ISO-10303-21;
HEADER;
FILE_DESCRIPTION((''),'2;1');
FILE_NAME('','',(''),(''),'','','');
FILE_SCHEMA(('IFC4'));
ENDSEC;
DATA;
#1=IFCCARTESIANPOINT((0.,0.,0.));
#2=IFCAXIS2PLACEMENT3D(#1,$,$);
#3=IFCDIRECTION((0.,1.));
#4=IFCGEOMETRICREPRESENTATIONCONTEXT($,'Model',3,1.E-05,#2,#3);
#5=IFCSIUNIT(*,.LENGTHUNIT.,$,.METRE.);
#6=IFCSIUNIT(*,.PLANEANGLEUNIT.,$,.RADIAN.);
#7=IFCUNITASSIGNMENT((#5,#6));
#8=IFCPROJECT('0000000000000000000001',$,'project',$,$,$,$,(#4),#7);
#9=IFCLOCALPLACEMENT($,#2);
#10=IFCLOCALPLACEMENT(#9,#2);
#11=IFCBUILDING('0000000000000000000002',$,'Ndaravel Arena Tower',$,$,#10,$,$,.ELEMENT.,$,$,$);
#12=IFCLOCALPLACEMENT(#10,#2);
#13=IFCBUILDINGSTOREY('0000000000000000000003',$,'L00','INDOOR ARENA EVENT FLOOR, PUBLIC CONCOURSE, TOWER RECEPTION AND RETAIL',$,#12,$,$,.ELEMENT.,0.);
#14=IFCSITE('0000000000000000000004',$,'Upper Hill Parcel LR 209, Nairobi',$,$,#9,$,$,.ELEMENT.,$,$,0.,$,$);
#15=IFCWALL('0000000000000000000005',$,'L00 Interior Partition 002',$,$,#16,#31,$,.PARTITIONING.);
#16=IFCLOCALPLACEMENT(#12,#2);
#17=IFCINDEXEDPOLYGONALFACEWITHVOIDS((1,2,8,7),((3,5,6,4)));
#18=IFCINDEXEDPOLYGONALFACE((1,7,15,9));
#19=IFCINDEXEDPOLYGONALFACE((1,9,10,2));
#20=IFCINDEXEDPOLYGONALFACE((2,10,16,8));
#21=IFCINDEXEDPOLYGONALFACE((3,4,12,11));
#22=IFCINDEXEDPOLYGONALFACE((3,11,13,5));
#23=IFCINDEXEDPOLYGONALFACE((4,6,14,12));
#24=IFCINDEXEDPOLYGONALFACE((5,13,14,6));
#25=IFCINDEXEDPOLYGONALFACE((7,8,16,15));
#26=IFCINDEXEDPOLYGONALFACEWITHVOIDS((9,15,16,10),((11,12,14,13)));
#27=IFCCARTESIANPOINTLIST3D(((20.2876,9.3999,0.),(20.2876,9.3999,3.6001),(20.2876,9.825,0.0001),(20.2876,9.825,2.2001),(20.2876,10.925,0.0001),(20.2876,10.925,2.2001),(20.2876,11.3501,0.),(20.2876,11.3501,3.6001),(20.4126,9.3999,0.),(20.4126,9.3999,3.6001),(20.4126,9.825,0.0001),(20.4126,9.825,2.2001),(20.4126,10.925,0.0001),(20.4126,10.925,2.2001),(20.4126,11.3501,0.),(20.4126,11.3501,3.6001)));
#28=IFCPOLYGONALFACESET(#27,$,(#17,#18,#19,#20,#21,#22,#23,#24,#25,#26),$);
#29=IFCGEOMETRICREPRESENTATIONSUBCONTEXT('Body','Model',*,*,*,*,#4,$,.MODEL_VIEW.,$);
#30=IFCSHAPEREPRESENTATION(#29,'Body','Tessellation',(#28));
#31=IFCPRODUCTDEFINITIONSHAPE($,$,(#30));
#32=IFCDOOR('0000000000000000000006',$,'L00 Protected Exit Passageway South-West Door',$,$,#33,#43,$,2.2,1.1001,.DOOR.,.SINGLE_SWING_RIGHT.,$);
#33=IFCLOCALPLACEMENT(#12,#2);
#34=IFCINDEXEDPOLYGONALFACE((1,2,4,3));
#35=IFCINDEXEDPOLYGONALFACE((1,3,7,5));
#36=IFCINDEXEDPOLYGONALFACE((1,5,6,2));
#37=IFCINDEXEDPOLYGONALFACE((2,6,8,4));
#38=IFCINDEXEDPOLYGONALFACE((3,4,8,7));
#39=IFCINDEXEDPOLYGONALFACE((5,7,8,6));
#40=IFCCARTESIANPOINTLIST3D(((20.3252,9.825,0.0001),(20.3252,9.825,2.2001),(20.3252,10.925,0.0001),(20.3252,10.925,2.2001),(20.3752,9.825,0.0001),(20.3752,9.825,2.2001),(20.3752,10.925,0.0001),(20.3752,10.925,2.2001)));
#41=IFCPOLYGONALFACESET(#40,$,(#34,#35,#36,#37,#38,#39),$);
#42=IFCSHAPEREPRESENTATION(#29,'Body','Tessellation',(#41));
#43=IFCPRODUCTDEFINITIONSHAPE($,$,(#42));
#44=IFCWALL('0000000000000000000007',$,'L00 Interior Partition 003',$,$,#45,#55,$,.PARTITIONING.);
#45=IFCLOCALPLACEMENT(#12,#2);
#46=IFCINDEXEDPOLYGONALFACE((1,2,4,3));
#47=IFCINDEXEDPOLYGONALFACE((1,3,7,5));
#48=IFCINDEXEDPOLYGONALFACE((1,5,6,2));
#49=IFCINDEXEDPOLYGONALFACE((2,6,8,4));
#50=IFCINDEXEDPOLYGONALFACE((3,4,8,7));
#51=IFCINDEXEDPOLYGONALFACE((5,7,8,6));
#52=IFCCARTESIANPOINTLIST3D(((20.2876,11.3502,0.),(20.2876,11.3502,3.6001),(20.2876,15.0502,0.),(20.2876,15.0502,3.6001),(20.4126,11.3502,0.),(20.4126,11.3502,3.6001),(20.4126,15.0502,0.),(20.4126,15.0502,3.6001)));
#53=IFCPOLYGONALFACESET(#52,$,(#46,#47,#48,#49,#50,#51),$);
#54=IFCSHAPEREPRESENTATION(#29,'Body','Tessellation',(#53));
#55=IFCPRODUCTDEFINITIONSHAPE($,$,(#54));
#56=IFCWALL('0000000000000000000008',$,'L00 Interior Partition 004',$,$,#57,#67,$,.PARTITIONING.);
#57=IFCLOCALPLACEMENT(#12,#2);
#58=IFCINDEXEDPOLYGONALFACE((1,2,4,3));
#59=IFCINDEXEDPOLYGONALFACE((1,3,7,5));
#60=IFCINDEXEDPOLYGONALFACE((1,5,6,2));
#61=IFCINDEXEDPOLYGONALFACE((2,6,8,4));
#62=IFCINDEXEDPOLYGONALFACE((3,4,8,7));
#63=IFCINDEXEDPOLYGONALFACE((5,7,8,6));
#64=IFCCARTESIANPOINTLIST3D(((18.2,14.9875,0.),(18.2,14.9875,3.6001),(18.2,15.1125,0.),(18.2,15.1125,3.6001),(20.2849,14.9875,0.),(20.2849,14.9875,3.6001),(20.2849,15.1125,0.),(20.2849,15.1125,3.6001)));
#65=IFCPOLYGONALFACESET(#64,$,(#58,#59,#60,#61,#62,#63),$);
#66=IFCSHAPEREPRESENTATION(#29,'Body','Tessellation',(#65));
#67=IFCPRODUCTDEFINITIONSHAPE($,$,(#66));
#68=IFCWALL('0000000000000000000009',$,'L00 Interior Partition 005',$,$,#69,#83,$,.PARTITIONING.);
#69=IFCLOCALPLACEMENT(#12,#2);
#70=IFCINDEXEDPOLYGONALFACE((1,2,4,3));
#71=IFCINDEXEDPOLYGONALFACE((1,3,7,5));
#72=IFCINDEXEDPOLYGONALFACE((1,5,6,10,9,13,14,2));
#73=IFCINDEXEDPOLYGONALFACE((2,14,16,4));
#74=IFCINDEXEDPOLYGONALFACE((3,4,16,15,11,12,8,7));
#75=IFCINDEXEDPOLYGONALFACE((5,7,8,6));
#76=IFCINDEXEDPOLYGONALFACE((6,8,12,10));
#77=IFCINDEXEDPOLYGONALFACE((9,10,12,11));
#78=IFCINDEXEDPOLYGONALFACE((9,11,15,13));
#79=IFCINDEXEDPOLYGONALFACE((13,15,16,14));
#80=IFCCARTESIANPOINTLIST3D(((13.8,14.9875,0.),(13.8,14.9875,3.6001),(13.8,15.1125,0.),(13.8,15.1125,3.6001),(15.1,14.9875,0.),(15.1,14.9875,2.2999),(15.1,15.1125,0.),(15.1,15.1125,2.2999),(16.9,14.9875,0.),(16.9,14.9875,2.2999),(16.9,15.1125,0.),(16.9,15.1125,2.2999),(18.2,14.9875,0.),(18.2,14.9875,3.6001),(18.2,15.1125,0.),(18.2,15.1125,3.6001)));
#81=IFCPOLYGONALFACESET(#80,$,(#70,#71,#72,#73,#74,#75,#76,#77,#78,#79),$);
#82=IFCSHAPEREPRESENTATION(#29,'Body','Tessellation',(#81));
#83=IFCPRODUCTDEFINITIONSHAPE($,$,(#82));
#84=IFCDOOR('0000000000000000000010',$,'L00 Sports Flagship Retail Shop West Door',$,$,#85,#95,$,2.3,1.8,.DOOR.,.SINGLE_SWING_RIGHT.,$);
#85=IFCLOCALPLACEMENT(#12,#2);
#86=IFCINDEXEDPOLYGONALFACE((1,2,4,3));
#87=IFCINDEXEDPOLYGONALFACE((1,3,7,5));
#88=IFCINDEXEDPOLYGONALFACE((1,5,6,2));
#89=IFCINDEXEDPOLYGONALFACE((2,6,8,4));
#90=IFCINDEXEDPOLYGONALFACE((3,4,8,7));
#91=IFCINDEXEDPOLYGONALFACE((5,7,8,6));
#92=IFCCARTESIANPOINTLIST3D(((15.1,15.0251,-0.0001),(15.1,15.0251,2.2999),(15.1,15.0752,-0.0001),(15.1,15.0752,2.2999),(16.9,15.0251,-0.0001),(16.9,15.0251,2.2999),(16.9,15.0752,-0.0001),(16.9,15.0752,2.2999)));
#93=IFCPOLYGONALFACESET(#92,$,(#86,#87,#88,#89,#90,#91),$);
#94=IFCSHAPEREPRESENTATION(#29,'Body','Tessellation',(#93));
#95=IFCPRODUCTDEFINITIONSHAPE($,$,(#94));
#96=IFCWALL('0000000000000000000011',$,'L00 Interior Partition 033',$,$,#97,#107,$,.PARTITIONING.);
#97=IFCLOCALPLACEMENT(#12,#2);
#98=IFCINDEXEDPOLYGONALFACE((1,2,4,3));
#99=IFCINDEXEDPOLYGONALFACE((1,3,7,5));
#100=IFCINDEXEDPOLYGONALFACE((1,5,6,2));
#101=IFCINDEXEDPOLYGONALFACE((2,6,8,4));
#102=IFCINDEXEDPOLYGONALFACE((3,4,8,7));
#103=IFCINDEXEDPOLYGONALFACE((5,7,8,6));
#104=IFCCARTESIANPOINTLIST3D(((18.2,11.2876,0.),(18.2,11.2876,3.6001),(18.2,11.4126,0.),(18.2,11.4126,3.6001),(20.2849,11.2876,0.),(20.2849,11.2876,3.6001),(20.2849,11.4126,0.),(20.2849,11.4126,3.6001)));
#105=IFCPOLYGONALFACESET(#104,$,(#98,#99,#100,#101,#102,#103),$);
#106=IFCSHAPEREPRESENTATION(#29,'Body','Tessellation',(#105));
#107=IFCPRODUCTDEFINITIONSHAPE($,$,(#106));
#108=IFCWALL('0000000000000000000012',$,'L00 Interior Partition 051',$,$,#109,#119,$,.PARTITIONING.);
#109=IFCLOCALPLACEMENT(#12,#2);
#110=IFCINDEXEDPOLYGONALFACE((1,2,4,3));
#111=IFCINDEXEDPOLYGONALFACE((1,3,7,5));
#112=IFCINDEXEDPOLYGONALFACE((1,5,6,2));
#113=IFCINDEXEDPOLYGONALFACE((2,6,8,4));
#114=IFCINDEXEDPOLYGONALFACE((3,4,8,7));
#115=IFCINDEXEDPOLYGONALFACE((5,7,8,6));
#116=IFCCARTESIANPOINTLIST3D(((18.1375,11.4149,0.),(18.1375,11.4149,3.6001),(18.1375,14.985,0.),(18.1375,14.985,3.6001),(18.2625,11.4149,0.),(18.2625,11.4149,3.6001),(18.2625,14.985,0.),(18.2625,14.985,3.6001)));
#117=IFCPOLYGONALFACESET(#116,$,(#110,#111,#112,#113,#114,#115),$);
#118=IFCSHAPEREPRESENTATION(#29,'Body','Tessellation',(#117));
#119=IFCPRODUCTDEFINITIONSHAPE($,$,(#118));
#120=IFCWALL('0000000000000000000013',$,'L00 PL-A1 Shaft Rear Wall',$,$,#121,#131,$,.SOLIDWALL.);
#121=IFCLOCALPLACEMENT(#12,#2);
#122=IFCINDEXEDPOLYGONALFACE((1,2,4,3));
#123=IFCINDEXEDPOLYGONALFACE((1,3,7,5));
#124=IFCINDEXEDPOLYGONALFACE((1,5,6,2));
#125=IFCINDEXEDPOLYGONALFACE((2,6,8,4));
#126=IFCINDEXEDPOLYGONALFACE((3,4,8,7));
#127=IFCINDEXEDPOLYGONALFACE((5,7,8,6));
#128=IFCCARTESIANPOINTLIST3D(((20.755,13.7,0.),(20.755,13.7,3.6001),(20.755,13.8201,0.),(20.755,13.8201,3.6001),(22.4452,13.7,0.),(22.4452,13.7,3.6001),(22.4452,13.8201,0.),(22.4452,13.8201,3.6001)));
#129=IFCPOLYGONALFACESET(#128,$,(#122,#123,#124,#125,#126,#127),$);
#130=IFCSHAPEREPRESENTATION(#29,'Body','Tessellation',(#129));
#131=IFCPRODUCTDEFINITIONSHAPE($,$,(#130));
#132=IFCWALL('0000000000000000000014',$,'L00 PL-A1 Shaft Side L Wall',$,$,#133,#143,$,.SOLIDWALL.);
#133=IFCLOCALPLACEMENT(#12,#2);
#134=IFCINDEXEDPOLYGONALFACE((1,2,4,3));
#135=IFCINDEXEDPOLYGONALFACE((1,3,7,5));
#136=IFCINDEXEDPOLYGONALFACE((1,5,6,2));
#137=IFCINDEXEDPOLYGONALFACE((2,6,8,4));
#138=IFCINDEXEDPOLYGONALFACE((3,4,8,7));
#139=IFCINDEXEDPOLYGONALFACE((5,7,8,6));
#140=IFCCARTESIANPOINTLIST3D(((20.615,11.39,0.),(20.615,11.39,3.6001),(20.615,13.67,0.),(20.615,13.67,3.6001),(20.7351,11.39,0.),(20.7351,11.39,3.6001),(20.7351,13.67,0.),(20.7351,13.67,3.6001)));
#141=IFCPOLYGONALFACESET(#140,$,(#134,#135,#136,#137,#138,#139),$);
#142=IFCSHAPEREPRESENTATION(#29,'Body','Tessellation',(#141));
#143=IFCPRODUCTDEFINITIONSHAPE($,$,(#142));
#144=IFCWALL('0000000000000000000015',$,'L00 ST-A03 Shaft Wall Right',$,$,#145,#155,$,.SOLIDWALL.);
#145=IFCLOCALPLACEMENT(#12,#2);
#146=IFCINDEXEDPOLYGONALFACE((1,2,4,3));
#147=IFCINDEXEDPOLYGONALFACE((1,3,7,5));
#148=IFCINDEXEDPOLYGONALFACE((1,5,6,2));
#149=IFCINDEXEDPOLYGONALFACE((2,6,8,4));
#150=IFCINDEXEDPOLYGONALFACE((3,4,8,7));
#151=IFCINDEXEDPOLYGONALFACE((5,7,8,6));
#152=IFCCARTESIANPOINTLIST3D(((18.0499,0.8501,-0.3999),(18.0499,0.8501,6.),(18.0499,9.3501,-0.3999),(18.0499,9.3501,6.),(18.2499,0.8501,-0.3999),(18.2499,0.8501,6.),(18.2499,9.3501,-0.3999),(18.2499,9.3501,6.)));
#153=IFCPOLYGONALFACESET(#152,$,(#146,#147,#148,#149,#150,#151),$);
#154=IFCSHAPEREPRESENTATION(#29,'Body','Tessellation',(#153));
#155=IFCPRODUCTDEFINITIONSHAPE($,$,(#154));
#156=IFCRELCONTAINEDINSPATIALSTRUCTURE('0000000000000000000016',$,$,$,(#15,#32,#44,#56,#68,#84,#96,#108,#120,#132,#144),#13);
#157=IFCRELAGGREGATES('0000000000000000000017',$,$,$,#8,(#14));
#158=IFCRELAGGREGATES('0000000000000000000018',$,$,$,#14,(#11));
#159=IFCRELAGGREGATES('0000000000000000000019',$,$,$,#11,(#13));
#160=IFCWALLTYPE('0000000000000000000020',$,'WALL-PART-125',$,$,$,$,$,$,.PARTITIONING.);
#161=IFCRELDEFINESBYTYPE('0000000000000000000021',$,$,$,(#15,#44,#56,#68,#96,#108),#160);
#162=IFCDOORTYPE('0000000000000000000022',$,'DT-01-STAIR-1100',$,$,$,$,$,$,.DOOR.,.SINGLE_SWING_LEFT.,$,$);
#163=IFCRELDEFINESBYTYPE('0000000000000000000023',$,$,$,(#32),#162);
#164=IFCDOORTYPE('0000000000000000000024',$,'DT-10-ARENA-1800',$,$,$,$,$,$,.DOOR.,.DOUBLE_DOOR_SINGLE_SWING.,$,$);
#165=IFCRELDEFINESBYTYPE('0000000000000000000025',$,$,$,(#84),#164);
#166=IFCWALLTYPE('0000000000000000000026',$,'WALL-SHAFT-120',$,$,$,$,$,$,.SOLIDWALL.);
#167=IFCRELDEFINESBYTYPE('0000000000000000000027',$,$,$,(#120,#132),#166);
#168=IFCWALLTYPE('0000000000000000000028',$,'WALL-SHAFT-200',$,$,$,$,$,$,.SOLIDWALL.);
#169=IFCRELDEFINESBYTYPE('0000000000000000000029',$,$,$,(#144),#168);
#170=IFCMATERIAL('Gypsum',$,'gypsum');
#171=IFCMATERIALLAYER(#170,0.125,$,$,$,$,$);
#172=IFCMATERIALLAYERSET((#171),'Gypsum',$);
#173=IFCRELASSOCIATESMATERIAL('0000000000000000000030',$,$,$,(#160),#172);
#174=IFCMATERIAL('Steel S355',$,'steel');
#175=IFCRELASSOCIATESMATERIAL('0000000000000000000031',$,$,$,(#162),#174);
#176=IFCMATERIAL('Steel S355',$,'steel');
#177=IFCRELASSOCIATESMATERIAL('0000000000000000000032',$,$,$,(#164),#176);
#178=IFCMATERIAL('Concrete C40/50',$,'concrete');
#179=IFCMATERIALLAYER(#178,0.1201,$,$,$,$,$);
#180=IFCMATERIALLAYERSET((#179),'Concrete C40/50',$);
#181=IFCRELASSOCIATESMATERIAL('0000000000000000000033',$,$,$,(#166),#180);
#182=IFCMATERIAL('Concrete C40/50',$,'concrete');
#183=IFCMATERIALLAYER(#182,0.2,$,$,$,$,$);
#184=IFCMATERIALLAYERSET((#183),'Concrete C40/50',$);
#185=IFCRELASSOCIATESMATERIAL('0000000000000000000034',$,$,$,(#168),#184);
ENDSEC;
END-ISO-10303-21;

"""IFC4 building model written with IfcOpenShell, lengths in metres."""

from ifc_helpers import new_model, si_unit, direction, frame, frame_2d, origin, place, context, subcontext, project, spatial, rectangle, extrude, material, layer, layer_set, type_object, element, fill, save


model = new_model("IFC4")

# Units and contexts
model_context = context("Model", 3, precision=1e-05, world=origin(), true_north=direction((0.0, 1.0)))
body_context = subcontext(model_context, "Body", "Model", "MODEL_VIEW")
ifc_project = project(units=[si_unit("LENGTHUNIT", "METRE"), si_unit("PLANEANGLEUNIT", "RADIAN")], contexts=[model_context])

# Site, building, storey
site_placement = place(None, origin())
site = spatial("IfcSite", under=ifc_project, at=site_placement, Name="Upper Hill Parcel LR 209, Nairobi", CompositionType="ELEMENT", RefElevation=0.0)
building_placement = place(site_placement, origin())
building = spatial("IfcBuilding", under=site, at=building_placement, Name="Ndaravel Arena Tower", CompositionType="ELEMENT")
storey_placement = place(building_placement, origin())
storey = spatial("IfcBuildingStorey", under=building, at=storey_placement, Name="L00", Description="INDOOR ARENA EVENT FLOOR, PUBLIC CONCOURSE, TOWER RECEPTION AND RETAIL", CompositionType="ELEMENT", Elevation=0.0)

# Wall, opening, door
ifc_material_1 = material(Name="Gypsum", Category="gypsum")
ifc_layer_1 = layer(ifc_material_1, 0.125)
ifc_layer_set_1 = layer_set([ifc_layer_1], Name="Gypsum")
wall_type_1 = type_object("IfcWallType", Name="WALL-PART-125", PredefinedType="PARTITIONING", material=ifc_layer_set_1)
wall_1_placement = place(storey_placement, frame((20.3501, 9.3999, 0.0), z_axis=(0.0, 0.0, 1.0), x_axis=(0.0, 1.0, 0.0)))
wall_1 = element("IfcWall", 1, at=wall_1_placement, inside=storey, type_object=wall_type_1, Name="L00 Interior Partition 002", PredefinedType="PARTITIONING", context=body_context, shape_type="SweptSolid", body=[
    extrude(rectangle(XDim=1.9502, YDim=0.125, at=frame_2d((0.9751, 0.0))), origin(), (0.0, 0.0, 1.0), 3.6001),
])
opening_1_placement = place(wall_1_placement, frame((0.425, 0.0, 0.0)))
opening_1 = element("IfcOpeningElement", 2, at=opening_1_placement, cuts=wall_1, PredefinedType="OPENING", context=body_context, shape_type="SweptSolid", body=[
    extrude(rectangle(XDim=1.1001, YDim=2.2, at=frame_2d((0.55, 1.1001))), frame((0.0, 0.0625, 0.0), z_axis=(0.0, -1.0, 0.0), x_axis=(1.0, 0.0, 0.0)), (0.0, 0.0, 1.0), 0.125),
])
ifc_material_2 = material(Name="Steel S355", Category="steel")
door_type_1 = type_object("IfcDoorType", Name="DT-01-STAIR-1100", OperationType="SINGLE_SWING_LEFT", PredefinedType="DOOR", material=ifc_material_2)
door_1_placement = place(opening_1_placement, origin())
door_1 = element("IfcDoor", 3, at=door_1_placement, inside=storey, type_object=door_type_1, Name="L00 Protected Exit Passageway South-West Door", OperationType="SINGLE_SWING_RIGHT", OverallHeight=2.2, OverallWidth=1.1001, PredefinedType="DOOR", context=body_context, shape_type="SweptSolid", body=[
    extrude(rectangle(XDim=1.1001, YDim=2.2, at=frame_2d((0.55, 1.1001))), frame((0.0, 0.0249, 0.0), z_axis=(0.0, -1.0, 0.0), x_axis=(1.0, 0.0, 0.0)), (0.0, 0.0, 1.0), 0.05),
])
fill(opening_1, door_1)

# Walls
wall_2_placement = place(storey_placement, frame((20.3501, 11.3501, 0.0), z_axis=(0.0, 0.0, 1.0), x_axis=(0.0, 1.0, 0.0)))
element("IfcWall", 4, at=wall_2_placement, inside=storey, type_object=wall_type_1, Name="L00 Interior Partition 003", PredefinedType="PARTITIONING", context=body_context, shape_type="SweptSolid", body=[
    extrude(rectangle(XDim=3.7, YDim=0.125, at=frame_2d((1.8501, 0.0))), origin(), (0.0, 0.0, 1.0), 3.6001),
])
wall_3_placement = place(storey_placement, frame((20.2849, 15.05, 0.0), z_axis=(0.0, 0.0, 1.0), x_axis=(-1.0, 0.0, 0.0)))
element("IfcWall", 5, at=wall_3_placement, inside=storey, type_object=wall_type_1, Name="L00 Interior Partition 004", PredefinedType="PARTITIONING", context=body_context, shape_type="SweptSolid", body=[
    extrude(rectangle(XDim=2.085, YDim=0.125, at=frame_2d((1.0425, 0.0))), origin(), (0.0, 0.0, 1.0), 3.6001),
])

# Wall, opening, door
wall_4_placement = place(storey_placement, frame((18.2, 15.05, 0.0), z_axis=(0.0, 0.0, 1.0), x_axis=(-1.0, 0.0, 0.0)))
wall_4 = element("IfcWall", 6, at=wall_4_placement, inside=storey, type_object=wall_type_1, Name="L00 Interior Partition 005", PredefinedType="PARTITIONING", context=body_context, shape_type="SweptSolid", body=[
    extrude(rectangle(XDim=4.3999, YDim=0.125, at=frame_2d((2.2, 0.0))), origin(), (0.0, 0.0, 1.0), 3.6001),
])
opening_2_placement = place(wall_4_placement, frame((1.3, 0.0, 0.0)))
opening_2 = element("IfcOpeningElement", 7, at=opening_2_placement, cuts=wall_4, PredefinedType="OPENING", context=body_context, shape_type="SweptSolid", body=[
    extrude(rectangle(XDim=1.8, YDim=2.3, at=frame_2d((0.8999, 1.1499))), frame((0.0, 0.0625, 0.0), z_axis=(0.0, -1.0, 0.0), x_axis=(1.0, 0.0, 0.0)), (0.0, 0.0, 1.0), 0.125),
])
ifc_material_3 = material(Name="Steel S355", Category="steel")
door_type_2 = type_object("IfcDoorType", Name="DT-10-ARENA-1800", OperationType="DOUBLE_DOOR_SINGLE_SWING", PredefinedType="DOOR", material=ifc_material_3)
door_2_placement = place(opening_2_placement, origin())
door_2 = element("IfcDoor", 8, at=door_2_placement, inside=storey, type_object=door_type_2, Name="L00 Sports Flagship Retail Shop West Door", OperationType="SINGLE_SWING_RIGHT", OverallHeight=2.3, OverallWidth=1.8, PredefinedType="DOOR", context=body_context, shape_type="SweptSolid", body=[
    extrude(rectangle(XDim=1.8, YDim=2.3, at=frame_2d((0.8999, 1.1499))), frame((0.0, 0.0249, 0.0), z_axis=(0.0, -1.0, 0.0), x_axis=(1.0, 0.0, 0.0)), (0.0, 0.0, 1.0), 0.05),
])
fill(opening_2, door_2)

# Walls
wall_5_placement = place(storey_placement, frame((18.2, 11.3501, 0.0), z_axis=(0.0, 0.0, 1.0), x_axis=(1.0, 0.0, 0.0)))
element("IfcWall", 9, at=wall_5_placement, inside=storey, type_object=wall_type_1, Name="L00 Interior Partition 033", PredefinedType="PARTITIONING", context=body_context, shape_type="SweptSolid", body=[
    extrude(rectangle(XDim=2.085, YDim=0.125, at=frame_2d((1.0425, 0.0))), origin(), (0.0, 0.0, 1.0), 3.6001),
])
wall_6_placement = place(storey_placement, frame((18.2, 14.9851, 0.0), z_axis=(0.0, 0.0, 1.0), x_axis=(0.0, -1.0, 0.0)))
element("IfcWall", 10, at=wall_6_placement, inside=storey, type_object=wall_type_1, Name="L00 Interior Partition 051", PredefinedType="PARTITIONING", context=body_context, shape_type="SweptSolid", body=[
    extrude(rectangle(XDim=3.5701, YDim=0.125, at=frame_2d((1.7852, 0.0))), origin(), (0.0, 0.0, 1.0), 3.6001),
])
ifc_material_4 = material(Name="Concrete C40/50", Category="concrete")
ifc_layer_2 = layer(ifc_material_4, 0.1201)
ifc_layer_set_2 = layer_set([ifc_layer_2], Name="Concrete C40/50")
wall_type_2 = type_object("IfcWallType", Name="WALL-SHAFT-120", PredefinedType="SOLIDWALL", material=ifc_layer_set_2)
wall_7_placement = place(storey_placement, frame((20.7549, 13.76, 0.0), z_axis=(0.0, 0.0, 1.0), x_axis=(1.0, 0.0, 0.0)))
element("IfcWall", 11, at=wall_7_placement, inside=storey, type_object=wall_type_2, Name="L00 PL-A1 Shaft Rear Wall", PredefinedType="SOLIDWALL", context=body_context, shape_type="SweptSolid", body=[
    extrude(rectangle(XDim=1.6902, YDim=0.1201, at=frame_2d((0.8452, 0.0))), origin(), (0.0, 0.0, 1.0), 3.6001),
])
wall_8_placement = place(storey_placement, frame((20.675, 11.3899, 0.0), z_axis=(0.0, 0.0, 1.0), x_axis=(0.0, 1.0, 0.0)))
element("IfcWall", 12, at=wall_8_placement, inside=storey, type_object=wall_type_2, Name="L00 PL-A1 Shaft Side L Wall", PredefinedType="SOLIDWALL", context=body_context, shape_type="SweptSolid", body=[
    extrude(rectangle(XDim=2.28, YDim=0.1201, at=frame_2d((1.1401, 0.0))), origin(), (0.0, 0.0, 1.0), 3.6001),
])
ifc_material_5 = material(Name="Concrete C40/50", Category="concrete")
ifc_layer_3 = layer(ifc_material_5, 0.2)
ifc_layer_set_3 = layer_set([ifc_layer_3], Name="Concrete C40/50")
wall_type_3 = type_object("IfcWallType", Name="WALL-SHAFT-200", PredefinedType="SOLIDWALL", material=ifc_layer_set_3)
wall_9_placement = place(storey_placement, frame((18.1499, 9.3501, -0.3999), z_axis=(0.0, 0.0, 1.0), x_axis=(0.0, -1.0, 0.0)))
element("IfcWall", 13, at=wall_9_placement, inside=storey, type_object=wall_type_3, Name="L00 ST-A03 Shaft Wall Right", PredefinedType="SOLIDWALL", context=body_context, shape_type="SweptSolid", body=[
    extrude(rectangle(XDim=8.5, YDim=0.2, at=frame_2d((4.25, 0.0))), origin(), (0.0, 0.0, 1.0), 6.3999),
])

save(model, "model.ifc")
